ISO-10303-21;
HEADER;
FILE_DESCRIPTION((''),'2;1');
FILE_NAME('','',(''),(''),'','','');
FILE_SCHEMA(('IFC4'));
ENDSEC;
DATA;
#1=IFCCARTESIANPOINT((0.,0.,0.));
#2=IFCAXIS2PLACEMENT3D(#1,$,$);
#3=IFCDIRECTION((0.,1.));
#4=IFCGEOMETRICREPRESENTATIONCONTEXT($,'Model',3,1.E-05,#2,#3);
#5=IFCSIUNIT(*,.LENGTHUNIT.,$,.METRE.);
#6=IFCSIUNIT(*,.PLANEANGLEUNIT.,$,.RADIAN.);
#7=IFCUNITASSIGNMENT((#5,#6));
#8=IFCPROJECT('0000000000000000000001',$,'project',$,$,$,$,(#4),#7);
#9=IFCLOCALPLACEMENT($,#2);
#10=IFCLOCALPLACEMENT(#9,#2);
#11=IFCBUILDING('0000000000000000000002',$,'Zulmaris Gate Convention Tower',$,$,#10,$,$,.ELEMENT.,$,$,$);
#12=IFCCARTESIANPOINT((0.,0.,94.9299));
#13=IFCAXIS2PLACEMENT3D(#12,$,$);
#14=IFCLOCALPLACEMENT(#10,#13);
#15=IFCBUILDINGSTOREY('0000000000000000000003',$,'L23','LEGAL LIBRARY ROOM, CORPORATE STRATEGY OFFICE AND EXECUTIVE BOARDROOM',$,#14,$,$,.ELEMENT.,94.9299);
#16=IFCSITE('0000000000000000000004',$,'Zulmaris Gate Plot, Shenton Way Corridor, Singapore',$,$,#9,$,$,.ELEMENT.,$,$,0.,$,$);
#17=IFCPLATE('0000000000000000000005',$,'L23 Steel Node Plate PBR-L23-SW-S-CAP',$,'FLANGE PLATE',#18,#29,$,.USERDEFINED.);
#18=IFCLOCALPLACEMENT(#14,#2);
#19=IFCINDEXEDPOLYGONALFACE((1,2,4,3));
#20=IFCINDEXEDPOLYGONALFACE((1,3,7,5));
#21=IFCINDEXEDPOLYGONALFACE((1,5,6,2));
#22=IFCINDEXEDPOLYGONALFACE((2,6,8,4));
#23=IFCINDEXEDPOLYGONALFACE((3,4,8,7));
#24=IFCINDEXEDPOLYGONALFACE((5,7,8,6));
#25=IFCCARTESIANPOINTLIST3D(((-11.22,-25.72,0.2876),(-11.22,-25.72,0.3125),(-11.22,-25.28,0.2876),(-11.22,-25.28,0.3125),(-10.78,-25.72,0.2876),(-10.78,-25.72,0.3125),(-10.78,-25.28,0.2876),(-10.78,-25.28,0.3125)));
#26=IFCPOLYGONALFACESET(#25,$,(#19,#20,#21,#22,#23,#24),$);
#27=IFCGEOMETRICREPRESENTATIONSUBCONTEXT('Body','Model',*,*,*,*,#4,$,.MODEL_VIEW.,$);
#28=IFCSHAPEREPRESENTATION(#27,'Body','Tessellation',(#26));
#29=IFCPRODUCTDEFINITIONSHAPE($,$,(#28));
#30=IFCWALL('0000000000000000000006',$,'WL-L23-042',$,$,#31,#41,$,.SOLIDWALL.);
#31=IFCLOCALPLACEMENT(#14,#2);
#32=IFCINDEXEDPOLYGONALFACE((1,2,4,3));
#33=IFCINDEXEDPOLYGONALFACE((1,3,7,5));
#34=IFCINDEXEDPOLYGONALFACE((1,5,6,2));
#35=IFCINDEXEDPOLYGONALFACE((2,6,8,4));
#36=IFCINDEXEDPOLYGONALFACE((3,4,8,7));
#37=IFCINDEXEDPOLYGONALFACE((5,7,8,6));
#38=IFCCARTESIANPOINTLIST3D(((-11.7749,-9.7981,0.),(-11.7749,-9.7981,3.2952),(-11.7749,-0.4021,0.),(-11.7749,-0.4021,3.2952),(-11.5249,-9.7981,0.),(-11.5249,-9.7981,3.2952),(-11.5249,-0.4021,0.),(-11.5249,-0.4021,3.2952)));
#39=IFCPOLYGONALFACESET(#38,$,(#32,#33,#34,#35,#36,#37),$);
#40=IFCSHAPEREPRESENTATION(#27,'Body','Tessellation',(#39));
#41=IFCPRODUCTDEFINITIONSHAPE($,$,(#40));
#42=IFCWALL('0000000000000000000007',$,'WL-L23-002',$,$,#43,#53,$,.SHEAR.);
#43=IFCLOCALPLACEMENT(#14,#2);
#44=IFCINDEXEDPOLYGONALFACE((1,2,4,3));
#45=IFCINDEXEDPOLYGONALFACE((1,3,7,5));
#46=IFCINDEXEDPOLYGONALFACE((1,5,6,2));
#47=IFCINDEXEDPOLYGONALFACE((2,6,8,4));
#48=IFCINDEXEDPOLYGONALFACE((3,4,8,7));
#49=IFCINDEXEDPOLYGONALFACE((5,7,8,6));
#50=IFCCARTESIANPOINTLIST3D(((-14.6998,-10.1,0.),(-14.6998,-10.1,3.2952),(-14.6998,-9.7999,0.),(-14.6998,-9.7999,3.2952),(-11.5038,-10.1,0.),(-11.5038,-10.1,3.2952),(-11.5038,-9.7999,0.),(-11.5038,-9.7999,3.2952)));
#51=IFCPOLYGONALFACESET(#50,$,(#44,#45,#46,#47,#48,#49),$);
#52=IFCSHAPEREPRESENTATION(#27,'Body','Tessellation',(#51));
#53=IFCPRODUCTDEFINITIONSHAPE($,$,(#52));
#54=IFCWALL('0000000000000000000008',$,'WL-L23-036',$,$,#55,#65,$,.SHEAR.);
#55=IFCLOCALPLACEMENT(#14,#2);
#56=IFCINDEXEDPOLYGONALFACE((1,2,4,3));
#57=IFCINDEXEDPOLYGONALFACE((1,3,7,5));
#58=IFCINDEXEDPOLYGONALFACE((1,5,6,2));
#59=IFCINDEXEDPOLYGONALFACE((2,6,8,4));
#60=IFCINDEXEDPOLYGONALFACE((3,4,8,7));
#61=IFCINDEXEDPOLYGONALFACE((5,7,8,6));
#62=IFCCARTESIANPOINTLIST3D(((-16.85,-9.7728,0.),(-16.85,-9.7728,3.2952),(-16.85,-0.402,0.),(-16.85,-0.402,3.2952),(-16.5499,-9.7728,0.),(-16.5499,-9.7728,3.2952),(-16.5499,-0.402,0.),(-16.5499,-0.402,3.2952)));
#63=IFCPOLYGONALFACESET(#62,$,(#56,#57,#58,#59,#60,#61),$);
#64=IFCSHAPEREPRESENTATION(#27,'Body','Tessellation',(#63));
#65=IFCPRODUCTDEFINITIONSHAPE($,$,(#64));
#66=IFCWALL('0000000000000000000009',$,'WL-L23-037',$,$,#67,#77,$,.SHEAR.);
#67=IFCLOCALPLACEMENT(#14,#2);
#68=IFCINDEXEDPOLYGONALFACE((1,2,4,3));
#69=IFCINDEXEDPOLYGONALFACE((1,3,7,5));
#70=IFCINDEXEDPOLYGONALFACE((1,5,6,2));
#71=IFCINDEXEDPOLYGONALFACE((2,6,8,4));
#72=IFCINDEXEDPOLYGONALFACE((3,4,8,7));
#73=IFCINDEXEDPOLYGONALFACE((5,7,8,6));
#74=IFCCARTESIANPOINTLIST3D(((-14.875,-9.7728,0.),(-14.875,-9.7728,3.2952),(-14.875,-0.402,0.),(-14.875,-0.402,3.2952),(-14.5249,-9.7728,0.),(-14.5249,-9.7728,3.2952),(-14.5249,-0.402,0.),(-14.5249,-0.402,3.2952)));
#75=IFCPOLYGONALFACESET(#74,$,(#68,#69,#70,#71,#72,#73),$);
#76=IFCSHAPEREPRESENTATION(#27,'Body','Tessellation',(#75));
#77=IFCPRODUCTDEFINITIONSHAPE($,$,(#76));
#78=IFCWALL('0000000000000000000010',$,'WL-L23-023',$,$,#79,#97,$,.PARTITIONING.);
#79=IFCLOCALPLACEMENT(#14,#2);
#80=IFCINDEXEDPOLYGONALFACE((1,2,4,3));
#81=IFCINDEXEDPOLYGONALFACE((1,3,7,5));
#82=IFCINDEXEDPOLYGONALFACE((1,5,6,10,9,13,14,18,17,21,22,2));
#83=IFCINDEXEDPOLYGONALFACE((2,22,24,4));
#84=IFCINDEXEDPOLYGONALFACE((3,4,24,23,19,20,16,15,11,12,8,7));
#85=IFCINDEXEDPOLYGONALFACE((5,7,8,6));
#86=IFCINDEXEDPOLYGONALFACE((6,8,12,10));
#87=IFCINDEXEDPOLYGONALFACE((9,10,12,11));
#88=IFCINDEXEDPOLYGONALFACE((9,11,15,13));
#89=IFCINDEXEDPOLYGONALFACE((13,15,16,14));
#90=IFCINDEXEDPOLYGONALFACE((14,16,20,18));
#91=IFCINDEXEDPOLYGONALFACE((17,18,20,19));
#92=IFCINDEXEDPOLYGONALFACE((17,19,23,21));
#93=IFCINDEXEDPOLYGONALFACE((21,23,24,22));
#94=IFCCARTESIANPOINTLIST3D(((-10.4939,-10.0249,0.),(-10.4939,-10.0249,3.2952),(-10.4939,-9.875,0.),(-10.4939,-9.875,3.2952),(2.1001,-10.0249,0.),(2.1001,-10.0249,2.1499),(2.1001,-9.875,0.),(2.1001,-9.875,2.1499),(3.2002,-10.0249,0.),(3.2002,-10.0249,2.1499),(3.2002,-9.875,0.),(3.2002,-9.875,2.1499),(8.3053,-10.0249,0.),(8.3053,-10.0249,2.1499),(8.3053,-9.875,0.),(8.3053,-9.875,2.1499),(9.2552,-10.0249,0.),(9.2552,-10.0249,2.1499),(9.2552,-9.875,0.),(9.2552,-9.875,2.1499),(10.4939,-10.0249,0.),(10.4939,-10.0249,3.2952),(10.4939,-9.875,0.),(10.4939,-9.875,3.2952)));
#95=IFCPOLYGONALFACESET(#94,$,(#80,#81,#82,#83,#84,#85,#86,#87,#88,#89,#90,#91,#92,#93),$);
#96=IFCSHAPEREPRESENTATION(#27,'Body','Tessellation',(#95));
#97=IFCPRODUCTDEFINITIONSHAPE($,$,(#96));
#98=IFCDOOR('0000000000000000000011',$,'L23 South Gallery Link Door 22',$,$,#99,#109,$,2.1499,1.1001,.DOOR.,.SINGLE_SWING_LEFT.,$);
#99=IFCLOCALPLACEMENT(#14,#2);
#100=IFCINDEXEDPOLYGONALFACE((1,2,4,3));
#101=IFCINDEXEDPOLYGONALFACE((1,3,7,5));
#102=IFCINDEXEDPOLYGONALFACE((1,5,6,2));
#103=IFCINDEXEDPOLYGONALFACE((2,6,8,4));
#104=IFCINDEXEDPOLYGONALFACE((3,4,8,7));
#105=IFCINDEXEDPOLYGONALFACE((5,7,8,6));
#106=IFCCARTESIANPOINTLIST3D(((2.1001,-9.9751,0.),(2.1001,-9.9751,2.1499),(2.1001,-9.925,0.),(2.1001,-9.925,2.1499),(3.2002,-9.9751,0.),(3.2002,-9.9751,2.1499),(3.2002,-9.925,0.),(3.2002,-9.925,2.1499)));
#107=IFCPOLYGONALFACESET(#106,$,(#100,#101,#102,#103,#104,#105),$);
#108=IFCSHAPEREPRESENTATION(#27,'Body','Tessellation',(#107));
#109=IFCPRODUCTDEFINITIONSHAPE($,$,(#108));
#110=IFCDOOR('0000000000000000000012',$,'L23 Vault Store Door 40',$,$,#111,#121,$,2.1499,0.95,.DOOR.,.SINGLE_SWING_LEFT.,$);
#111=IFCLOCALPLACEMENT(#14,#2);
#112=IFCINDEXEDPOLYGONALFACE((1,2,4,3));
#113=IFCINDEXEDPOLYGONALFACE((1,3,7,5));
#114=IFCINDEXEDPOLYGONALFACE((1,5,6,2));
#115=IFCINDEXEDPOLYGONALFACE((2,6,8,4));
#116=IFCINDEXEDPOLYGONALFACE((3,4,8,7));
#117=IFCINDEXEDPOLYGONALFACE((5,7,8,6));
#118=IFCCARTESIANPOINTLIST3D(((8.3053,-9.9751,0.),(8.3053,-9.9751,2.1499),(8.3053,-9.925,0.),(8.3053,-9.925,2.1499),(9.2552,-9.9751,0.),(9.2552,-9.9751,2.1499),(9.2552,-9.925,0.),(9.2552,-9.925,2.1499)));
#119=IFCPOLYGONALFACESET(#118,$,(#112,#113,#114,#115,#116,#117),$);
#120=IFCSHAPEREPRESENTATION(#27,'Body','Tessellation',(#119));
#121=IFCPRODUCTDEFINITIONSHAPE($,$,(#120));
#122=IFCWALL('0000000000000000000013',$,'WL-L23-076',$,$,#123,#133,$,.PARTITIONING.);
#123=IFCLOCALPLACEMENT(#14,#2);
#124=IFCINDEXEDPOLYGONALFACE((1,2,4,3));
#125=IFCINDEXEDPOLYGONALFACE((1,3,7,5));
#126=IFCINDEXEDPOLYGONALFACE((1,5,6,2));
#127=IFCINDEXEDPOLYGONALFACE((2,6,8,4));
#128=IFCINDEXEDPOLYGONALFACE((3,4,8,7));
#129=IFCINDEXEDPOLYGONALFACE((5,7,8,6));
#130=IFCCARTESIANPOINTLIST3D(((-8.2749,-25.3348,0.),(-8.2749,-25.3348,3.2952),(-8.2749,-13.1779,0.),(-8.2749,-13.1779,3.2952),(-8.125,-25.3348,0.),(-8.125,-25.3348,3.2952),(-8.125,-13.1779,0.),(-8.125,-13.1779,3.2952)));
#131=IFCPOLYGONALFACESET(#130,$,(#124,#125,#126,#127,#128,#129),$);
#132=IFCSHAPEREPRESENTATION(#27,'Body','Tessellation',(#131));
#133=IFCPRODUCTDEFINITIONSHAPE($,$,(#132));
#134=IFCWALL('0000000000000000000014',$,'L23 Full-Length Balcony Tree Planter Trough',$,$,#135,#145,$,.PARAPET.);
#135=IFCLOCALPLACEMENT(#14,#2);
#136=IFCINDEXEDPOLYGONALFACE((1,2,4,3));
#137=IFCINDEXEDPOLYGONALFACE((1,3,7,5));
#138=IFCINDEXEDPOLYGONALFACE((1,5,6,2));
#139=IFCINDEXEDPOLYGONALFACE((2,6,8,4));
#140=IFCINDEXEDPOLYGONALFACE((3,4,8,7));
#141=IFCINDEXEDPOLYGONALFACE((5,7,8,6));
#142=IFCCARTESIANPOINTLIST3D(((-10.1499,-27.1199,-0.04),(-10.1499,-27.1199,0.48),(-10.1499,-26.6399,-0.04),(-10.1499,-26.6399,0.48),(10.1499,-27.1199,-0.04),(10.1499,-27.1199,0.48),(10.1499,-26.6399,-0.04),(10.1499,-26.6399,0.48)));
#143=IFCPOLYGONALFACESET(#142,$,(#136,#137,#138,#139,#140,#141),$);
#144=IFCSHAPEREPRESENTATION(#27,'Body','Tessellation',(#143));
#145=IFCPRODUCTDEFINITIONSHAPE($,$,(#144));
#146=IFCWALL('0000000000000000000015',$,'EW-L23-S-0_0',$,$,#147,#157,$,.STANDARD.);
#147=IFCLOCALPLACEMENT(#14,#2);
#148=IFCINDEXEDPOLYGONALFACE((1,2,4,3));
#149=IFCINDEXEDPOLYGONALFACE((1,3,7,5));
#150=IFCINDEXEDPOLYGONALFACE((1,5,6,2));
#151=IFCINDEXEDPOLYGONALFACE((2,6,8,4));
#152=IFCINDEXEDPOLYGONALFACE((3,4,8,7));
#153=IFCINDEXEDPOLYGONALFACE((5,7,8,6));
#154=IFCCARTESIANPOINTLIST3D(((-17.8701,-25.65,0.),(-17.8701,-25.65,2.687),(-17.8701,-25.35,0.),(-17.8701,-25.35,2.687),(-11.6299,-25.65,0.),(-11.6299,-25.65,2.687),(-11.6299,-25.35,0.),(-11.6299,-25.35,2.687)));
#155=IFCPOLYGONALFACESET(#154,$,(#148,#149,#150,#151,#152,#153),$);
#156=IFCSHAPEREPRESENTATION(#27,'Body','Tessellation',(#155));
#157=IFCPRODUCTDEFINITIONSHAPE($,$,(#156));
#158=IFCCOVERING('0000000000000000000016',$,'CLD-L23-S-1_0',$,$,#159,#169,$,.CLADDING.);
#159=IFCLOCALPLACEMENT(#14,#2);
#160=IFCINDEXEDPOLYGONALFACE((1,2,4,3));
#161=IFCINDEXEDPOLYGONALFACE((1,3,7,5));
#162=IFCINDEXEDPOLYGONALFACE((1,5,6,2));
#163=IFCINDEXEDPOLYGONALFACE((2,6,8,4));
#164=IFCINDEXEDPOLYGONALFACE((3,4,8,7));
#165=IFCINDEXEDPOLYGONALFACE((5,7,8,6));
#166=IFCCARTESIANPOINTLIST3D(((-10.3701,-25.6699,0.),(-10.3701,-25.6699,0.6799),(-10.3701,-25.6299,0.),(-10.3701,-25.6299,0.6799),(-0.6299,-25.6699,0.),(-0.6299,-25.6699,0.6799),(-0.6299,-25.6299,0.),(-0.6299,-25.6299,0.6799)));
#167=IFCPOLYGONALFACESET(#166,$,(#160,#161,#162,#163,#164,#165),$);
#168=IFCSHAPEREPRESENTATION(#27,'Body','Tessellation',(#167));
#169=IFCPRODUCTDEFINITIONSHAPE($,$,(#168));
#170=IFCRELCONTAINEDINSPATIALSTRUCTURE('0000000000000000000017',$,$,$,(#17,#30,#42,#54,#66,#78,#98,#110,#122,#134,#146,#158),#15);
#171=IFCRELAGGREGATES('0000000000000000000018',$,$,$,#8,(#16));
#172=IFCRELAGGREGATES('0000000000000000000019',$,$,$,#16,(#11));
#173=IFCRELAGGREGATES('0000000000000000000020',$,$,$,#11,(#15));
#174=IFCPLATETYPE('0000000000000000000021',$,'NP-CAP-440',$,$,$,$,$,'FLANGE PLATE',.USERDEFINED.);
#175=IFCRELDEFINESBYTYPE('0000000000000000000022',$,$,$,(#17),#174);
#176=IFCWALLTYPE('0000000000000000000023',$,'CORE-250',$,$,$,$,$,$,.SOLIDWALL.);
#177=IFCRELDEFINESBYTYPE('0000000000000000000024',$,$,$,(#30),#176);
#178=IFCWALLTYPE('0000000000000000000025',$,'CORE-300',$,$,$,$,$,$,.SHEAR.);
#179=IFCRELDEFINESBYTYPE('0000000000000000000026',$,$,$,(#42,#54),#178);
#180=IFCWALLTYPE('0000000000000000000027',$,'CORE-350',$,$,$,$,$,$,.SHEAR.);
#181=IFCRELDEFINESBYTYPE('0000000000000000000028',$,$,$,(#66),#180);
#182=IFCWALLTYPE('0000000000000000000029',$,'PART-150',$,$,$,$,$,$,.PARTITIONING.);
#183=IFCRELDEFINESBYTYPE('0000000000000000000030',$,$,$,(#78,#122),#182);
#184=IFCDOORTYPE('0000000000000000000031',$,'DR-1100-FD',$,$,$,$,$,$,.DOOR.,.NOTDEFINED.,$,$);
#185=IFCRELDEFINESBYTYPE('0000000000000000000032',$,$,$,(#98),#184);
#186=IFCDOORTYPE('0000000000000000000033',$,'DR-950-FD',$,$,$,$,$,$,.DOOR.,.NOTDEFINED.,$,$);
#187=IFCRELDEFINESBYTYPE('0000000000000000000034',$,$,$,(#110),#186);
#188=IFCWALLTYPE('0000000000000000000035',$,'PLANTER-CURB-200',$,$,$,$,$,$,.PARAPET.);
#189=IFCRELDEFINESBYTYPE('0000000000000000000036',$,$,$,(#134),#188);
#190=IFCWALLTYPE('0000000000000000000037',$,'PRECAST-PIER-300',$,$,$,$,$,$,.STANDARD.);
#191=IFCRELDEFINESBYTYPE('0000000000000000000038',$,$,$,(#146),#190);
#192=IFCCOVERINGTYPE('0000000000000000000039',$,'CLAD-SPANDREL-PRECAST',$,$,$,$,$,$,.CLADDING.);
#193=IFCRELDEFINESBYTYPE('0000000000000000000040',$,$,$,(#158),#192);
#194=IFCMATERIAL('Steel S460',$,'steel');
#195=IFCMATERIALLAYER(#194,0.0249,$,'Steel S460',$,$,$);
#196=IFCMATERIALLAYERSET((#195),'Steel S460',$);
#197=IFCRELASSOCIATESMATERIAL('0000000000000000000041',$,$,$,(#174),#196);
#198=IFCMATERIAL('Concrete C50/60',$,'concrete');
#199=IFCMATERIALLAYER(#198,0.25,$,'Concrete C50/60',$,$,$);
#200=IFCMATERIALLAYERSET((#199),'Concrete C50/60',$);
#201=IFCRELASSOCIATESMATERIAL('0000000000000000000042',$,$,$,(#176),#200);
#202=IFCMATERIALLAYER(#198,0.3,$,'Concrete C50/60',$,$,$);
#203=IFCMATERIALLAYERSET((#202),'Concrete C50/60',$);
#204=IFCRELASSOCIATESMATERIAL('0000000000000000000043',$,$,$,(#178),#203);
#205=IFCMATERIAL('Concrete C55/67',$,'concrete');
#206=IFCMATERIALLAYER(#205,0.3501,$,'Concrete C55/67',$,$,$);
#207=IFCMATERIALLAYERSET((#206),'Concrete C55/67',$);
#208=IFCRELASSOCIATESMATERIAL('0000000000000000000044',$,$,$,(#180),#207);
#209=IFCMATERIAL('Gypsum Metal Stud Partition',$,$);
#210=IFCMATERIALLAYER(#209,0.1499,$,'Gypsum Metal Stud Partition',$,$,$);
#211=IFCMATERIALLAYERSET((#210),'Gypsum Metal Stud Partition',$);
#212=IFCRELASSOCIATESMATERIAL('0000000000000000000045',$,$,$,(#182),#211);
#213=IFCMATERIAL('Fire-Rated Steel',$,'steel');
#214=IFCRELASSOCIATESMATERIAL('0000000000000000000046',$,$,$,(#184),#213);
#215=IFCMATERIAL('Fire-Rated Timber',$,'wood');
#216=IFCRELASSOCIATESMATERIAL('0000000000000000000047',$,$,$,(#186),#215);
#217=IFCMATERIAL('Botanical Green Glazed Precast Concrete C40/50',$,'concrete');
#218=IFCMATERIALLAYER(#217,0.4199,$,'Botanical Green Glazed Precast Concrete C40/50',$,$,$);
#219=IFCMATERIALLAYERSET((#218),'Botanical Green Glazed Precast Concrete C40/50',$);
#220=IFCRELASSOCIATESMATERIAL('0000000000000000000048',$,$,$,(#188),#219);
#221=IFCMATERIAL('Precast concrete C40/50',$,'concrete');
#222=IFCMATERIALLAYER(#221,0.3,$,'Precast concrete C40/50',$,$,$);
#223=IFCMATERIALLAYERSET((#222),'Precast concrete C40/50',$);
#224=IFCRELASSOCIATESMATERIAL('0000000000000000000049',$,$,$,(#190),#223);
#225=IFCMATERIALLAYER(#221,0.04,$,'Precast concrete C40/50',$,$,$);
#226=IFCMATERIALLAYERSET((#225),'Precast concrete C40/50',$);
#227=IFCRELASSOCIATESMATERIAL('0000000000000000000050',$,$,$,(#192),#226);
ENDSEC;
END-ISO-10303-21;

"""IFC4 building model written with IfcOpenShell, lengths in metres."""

from ifc_helpers import new_model, si_unit, direction, frame, frame_2d, origin, origin_2d, place, context, subcontext, project, spatial, rectangle, extrude, material, layer, layer_set, type_object, element, fill, save


model = new_model("IFC4")

# Units and contexts
model_context = context("Model", 3, precision=1e-05, world=origin(), true_north=direction((0.0, 1.0)))
body_context = subcontext(model_context, "Body", "Model", "MODEL_VIEW")
ifc_project = project(units=[si_unit("LENGTHUNIT", "METRE"), si_unit("PLANEANGLEUNIT", "RADIAN")], contexts=[model_context])

# Site, building, storey
site_placement = place(None, origin())
site = spatial("IfcSite", under=ifc_project, at=site_placement, Name="Zulmaris Gate Plot, Shenton Way Corridor, Singapore", CompositionType="ELEMENT", RefElevation=0.0)
building_placement = place(site_placement, origin())
building = spatial("IfcBuilding", under=site, at=building_placement, Name="Zulmaris Gate Convention Tower", CompositionType="ELEMENT")
storey_placement = place(building_placement, frame((0.0, 0.0, 94.9299)))
storey = spatial("IfcBuildingStorey", under=building, at=storey_placement, Name="L23", Description="LEGAL LIBRARY ROOM, CORPORATE STRATEGY OFFICE AND EXECUTIVE BOARDROOM", CompositionType="ELEMENT", Elevation=94.9299)

# Shared definitions
ifc_material_1 = material(Name="Steel S460", Category="steel")

# Plate
ifc_layer_1 = layer(ifc_material_1, 0.0249, Name="Steel S460")
ifc_layer_set_1 = layer_set([ifc_layer_1], Name="Steel S460")
plate_type = type_object("IfcPlateType", Name="NP-CAP-440", ElementType="FLANGE PLATE", PredefinedType="USERDEFINED", material=ifc_layer_set_1)
plate_placement = place(storey_placement, frame((-11.0, -25.5, 0.2876), z_axis=(0.0, 0.0, 1.0), x_axis=(1.0, 0.0, 0.0)))
element("IfcPlate", 1, at=plate_placement, inside=storey, type_object=plate_type, Name="L23 Steel Node Plate PBR-L23-SW-S-CAP", ObjectType="FLANGE PLATE", PredefinedType="USERDEFINED", context=body_context, shape_type="SweptSolid", body=[
    extrude(rectangle(XDim=0.4399, YDim=0.4399, at=origin_2d()), origin(), (0.0, 0.0, 1.0), 0.0249),
])

# Walls
ifc_material_2 = material(Name="Concrete C50/60", Category="concrete")
ifc_layer_2 = layer(ifc_material_2, 0.25, Name="Concrete C50/60")
ifc_layer_set_2 = layer_set([ifc_layer_2], Name="Concrete C50/60")
wall_type_1 = type_object("IfcWallType", Name="CORE-250", PredefinedType="SOLIDWALL", material=ifc_layer_set_2)
wall_1_placement = place(storey_placement, frame((-11.6499, -9.7981, 0.0), z_axis=(0.0, 0.0, 1.0), x_axis=(0.0, 1.0, 0.0)))
element("IfcWall", 2, at=wall_1_placement, inside=storey, type_object=wall_type_1, Name="WL-L23-042", PredefinedType="SOLIDWALL", context=body_context, shape_type="SweptSolid", body=[
    extrude(rectangle(XDim=9.396, YDim=0.25, at=frame_2d((4.698, 0.0))), origin(), (0.0, 0.0, 1.0), 3.2952),
])
ifc_layer_3 = layer(ifc_material_2, 0.3, Name="Concrete C50/60")
ifc_layer_set_3 = layer_set([ifc_layer_3], Name="Concrete C50/60")
wall_type_2 = type_object("IfcWallType", Name="CORE-300", PredefinedType="SHEAR", material=ifc_layer_set_3)
wall_2_placement = place(storey_placement, frame((-14.7, -9.95, 0.0), z_axis=(0.0, 0.0, 1.0), x_axis=(1.0, 0.0, 0.0)))
element("IfcWall", 3, at=wall_2_placement, inside=storey, type_object=wall_type_2, Name="WL-L23-002", PredefinedType="SHEAR", context=body_context, shape_type="SweptSolid", body=[
    extrude(rectangle(XDim=3.196, YDim=0.3, at=frame_2d((1.5981, 0.0))), origin(), (0.0, 0.0, 1.0), 3.2952),
])
wall_3_placement = place(storey_placement, frame((-16.7, -9.7729, 0.0), z_axis=(0.0, 0.0, 1.0), x_axis=(0.0, 1.0, 0.0)))
element("IfcWall", 4, at=wall_3_placement, inside=storey, type_object=wall_type_2, Name="WL-L23-036", PredefinedType="SHEAR", context=body_context, shape_type="SweptSolid", body=[
    extrude(rectangle(XDim=9.3708, YDim=0.3, at=frame_2d((4.6855, 0.0))), origin(), (0.0, 0.0, 1.0), 3.2952),
])
ifc_material_3 = material(Name="Concrete C55/67", Category="concrete")
ifc_layer_4 = layer(ifc_material_3, 0.3501, Name="Concrete C55/67")
ifc_layer_set_4 = layer_set([ifc_layer_4], Name="Concrete C55/67")
wall_type_3 = type_object("IfcWallType", Name="CORE-350", PredefinedType="SHEAR", material=ifc_layer_set_4)
wall_4_placement = place(storey_placement, frame((-14.7, -9.7729, 0.0), z_axis=(0.0, 0.0, 1.0), x_axis=(0.0, 1.0, 0.0)))
element("IfcWall", 5, at=wall_4_placement, inside=storey, type_object=wall_type_3, Name="WL-L23-037", PredefinedType="SHEAR", context=body_context, shape_type="SweptSolid", body=[
    extrude(rectangle(XDim=9.3708, YDim=0.3501, at=frame_2d((4.6855, 0.0))), origin(), (0.0, 0.0, 1.0), 3.2952),
])

# Wall, openings, doors
ifc_material_4 = material(Name="Gypsum Metal Stud Partition")
ifc_layer_5 = layer(ifc_material_4, 0.1499, Name="Gypsum Metal Stud Partition")
ifc_layer_set_5 = layer_set([ifc_layer_5], Name="Gypsum Metal Stud Partition")
wall_type_4 = type_object("IfcWallType", Name="PART-150", PredefinedType="PARTITIONING", material=ifc_layer_set_5)
wall_5_placement = place(storey_placement, frame((-10.4939, -9.95, 0.0), z_axis=(0.0, 0.0, 1.0), x_axis=(1.0, 0.0, 0.0)))
wall_5 = element("IfcWall", 6, at=wall_5_placement, inside=storey, type_object=wall_type_4, Name="WL-L23-023", PredefinedType="PARTITIONING", context=body_context, shape_type="SweptSolid", body=[
    extrude(rectangle(XDim=20.9878, YDim=0.1499, at=frame_2d((10.4939, 0.0))), origin(), (0.0, 0.0, 1.0), 3.2952),
])
opening_1_placement = place(wall_5_placement, frame((12.594, 0.0, 0.0)))
opening_1 = element("IfcOpeningElement", 7, at=opening_1_placement, cuts=wall_5, PredefinedType="OPENING", context=body_context, shape_type="SweptSolid", body=[
    extrude(rectangle(XDim=1.1001, YDim=2.1499, at=frame_2d((0.55, 1.075))), frame((0.0, 0.085, 0.0), z_axis=(0.0, -1.0, 0.0), x_axis=(1.0, 0.0, 0.0)), (0.0, 0.0, 1.0), 0.1699),
])
opening_2_placement = place(wall_5_placement, frame((18.7991, 0.0, 0.0)))
opening_2 = element("IfcOpeningElement", 8, at=opening_2_placement, cuts=wall_5, PredefinedType="OPENING", context=body_context, shape_type="SweptSolid", body=[
    extrude(rectangle(XDim=0.95, YDim=2.1499, at=frame_2d((0.4751, 1.075))), frame((0.0, 0.085, 0.0), z_axis=(0.0, -1.0, 0.0), x_axis=(1.0, 0.0, 0.0)), (0.0, 0.0, 1.0), 0.1699),
])
ifc_material_5 = material(Name="Fire-Rated Steel", Category="steel")
door_type_1 = type_object("IfcDoorType", Name="DR-1100-FD", OperationType="NOTDEFINED", PredefinedType="DOOR", material=ifc_material_5)
door_1_placement = place(opening_1_placement, origin())
door_1 = element("IfcDoor", 9, at=door_1_placement, inside=storey, type_object=door_type_1, Name="L23 South Gallery Link Door 22", OperationType="SINGLE_SWING_LEFT", OverallHeight=2.1499, OverallWidth=1.1001, PredefinedType="DOOR", context=body_context, shape_type="SweptSolid", body=[
    extrude(rectangle(XDim=1.1001, YDim=2.1499, at=frame_2d((0.55, 1.075))), frame((0.0, 0.0249, 0.0), z_axis=(0.0, -1.0, 0.0), x_axis=(1.0, 0.0, 0.0)), (0.0, 0.0, 1.0), 0.05),
])
fill(opening_1, door_1)
ifc_material_6 = material(Name="Fire-Rated Timber", Category="wood")
door_type_2 = type_object("IfcDoorType", Name="DR-950-FD", OperationType="NOTDEFINED", PredefinedType="DOOR", material=ifc_material_6)
door_2_placement = place(opening_2_placement, origin())
door_2 = element("IfcDoor", 10, at=door_2_placement, inside=storey, type_object=door_type_2, Name="L23 Vault Store Door 40", OperationType="SINGLE_SWING_LEFT", OverallHeight=2.1499, OverallWidth=0.95, PredefinedType="DOOR", context=body_context, shape_type="SweptSolid", body=[
    extrude(rectangle(XDim=0.95, YDim=2.1499, at=frame_2d((0.4751, 1.075))), frame((0.0, 0.0249, 0.0), z_axis=(0.0, -1.0, 0.0), x_axis=(1.0, 0.0, 0.0)), (0.0, 0.0, 1.0), 0.05),
])
fill(opening_2, door_2)

# Walls
wall_6_placement = place(storey_placement, frame((-8.2, -25.335, 0.0), z_axis=(0.0, 0.0, 1.0), x_axis=(0.0, 1.0, 0.0)))
element("IfcWall", 11, at=wall_6_placement, inside=storey, type_object=wall_type_4, Name="WL-L23-076", PredefinedType="PARTITIONING", context=body_context, shape_type="SweptSolid", body=[
    extrude(rectangle(XDim=12.157, YDim=0.1499, at=frame_2d((6.0786, 0.0))), origin(), (0.0, 0.0, 1.0), 3.2952),
])
ifc_material_7 = material(Name="Botanical Green Glazed Precast Concrete C40/50", Category="concrete")
ifc_layer_6 = layer(ifc_material_7, 0.4199, Name="Botanical Green Glazed Precast Concrete C40/50")
ifc_layer_set_6 = layer_set([ifc_layer_6], Name="Botanical Green Glazed Precast Concrete C40/50")
wall_type_5 = type_object("IfcWallType", Name="PLANTER-CURB-200", PredefinedType="PARAPET", material=ifc_layer_set_6)
wall_7_placement = place(storey_placement, frame((-10.1499, -26.8799, -0.04), z_axis=(0.0, 0.0, 1.0), x_axis=(1.0, 0.0, 0.0)))
element("IfcWall", 12, at=wall_7_placement, inside=storey, type_object=wall_type_5, Name="L23 Full-Length Balcony Tree Planter Trough", PredefinedType="PARAPET", context=body_context, shape_type="SweptSolid", body=[
    extrude(rectangle(XDim=20.2998, YDim=0.48, at=frame_2d((10.1499, 0.0))), origin(), (0.0, 0.0, 1.0), 0.52),
])
ifc_material_8 = material(Name="Precast concrete C40/50", Category="concrete")
ifc_layer_7 = layer(ifc_material_8, 0.3, Name="Precast concrete C40/50")
ifc_layer_set_7 = layer_set([ifc_layer_7], Name="Precast concrete C40/50")
wall_type_6 = type_object("IfcWallType", Name="PRECAST-PIER-300", PredefinedType="STANDARD", material=ifc_layer_set_7)
wall_8_placement = place(storey_placement, frame((-17.8701, -25.5, 0.0), z_axis=(0.0, 0.0, 1.0), x_axis=(1.0, 0.0, 0.0)))
element("IfcWall", 13, at=wall_8_placement, inside=storey, type_object=wall_type_6, Name="EW-L23-S-0_0", PredefinedType="STANDARD", context=body_context, shape_type="SweptSolid", body=[
    extrude(rectangle(XDim=6.2402, YDim=0.3, at=frame_2d((3.1201, 0.0))), origin(), (0.0, 0.0, 1.0), 2.687),
])

# Covering
ifc_layer_8 = layer(ifc_material_8, 0.04, Name="Precast concrete C40/50")
ifc_layer_set_8 = layer_set([ifc_layer_8], Name="Precast concrete C40/50")
covering_type = type_object("IfcCoveringType", Name="CLAD-SPANDREL-PRECAST", PredefinedType="CLADDING", material=ifc_layer_set_8)
covering_placement = place(storey_placement, frame((-10.3701, -25.6499, 0.0), z_axis=(0.0, 0.0, 1.0), x_axis=(1.0, 0.0, 0.0)))
element("IfcCovering", 14, at=covering_placement, inside=storey, type_object=covering_type, Name="CLD-L23-S-1_0", PredefinedType="CLADDING", context=body_context, shape_type="SweptSolid", body=[
    extrude(rectangle(XDim=9.7402, YDim=0.04, at=frame_2d((4.8701, 0.0))), origin(), (0.0, 0.0, 1.0), 0.6799),
])

save(model, "model.ifc")
